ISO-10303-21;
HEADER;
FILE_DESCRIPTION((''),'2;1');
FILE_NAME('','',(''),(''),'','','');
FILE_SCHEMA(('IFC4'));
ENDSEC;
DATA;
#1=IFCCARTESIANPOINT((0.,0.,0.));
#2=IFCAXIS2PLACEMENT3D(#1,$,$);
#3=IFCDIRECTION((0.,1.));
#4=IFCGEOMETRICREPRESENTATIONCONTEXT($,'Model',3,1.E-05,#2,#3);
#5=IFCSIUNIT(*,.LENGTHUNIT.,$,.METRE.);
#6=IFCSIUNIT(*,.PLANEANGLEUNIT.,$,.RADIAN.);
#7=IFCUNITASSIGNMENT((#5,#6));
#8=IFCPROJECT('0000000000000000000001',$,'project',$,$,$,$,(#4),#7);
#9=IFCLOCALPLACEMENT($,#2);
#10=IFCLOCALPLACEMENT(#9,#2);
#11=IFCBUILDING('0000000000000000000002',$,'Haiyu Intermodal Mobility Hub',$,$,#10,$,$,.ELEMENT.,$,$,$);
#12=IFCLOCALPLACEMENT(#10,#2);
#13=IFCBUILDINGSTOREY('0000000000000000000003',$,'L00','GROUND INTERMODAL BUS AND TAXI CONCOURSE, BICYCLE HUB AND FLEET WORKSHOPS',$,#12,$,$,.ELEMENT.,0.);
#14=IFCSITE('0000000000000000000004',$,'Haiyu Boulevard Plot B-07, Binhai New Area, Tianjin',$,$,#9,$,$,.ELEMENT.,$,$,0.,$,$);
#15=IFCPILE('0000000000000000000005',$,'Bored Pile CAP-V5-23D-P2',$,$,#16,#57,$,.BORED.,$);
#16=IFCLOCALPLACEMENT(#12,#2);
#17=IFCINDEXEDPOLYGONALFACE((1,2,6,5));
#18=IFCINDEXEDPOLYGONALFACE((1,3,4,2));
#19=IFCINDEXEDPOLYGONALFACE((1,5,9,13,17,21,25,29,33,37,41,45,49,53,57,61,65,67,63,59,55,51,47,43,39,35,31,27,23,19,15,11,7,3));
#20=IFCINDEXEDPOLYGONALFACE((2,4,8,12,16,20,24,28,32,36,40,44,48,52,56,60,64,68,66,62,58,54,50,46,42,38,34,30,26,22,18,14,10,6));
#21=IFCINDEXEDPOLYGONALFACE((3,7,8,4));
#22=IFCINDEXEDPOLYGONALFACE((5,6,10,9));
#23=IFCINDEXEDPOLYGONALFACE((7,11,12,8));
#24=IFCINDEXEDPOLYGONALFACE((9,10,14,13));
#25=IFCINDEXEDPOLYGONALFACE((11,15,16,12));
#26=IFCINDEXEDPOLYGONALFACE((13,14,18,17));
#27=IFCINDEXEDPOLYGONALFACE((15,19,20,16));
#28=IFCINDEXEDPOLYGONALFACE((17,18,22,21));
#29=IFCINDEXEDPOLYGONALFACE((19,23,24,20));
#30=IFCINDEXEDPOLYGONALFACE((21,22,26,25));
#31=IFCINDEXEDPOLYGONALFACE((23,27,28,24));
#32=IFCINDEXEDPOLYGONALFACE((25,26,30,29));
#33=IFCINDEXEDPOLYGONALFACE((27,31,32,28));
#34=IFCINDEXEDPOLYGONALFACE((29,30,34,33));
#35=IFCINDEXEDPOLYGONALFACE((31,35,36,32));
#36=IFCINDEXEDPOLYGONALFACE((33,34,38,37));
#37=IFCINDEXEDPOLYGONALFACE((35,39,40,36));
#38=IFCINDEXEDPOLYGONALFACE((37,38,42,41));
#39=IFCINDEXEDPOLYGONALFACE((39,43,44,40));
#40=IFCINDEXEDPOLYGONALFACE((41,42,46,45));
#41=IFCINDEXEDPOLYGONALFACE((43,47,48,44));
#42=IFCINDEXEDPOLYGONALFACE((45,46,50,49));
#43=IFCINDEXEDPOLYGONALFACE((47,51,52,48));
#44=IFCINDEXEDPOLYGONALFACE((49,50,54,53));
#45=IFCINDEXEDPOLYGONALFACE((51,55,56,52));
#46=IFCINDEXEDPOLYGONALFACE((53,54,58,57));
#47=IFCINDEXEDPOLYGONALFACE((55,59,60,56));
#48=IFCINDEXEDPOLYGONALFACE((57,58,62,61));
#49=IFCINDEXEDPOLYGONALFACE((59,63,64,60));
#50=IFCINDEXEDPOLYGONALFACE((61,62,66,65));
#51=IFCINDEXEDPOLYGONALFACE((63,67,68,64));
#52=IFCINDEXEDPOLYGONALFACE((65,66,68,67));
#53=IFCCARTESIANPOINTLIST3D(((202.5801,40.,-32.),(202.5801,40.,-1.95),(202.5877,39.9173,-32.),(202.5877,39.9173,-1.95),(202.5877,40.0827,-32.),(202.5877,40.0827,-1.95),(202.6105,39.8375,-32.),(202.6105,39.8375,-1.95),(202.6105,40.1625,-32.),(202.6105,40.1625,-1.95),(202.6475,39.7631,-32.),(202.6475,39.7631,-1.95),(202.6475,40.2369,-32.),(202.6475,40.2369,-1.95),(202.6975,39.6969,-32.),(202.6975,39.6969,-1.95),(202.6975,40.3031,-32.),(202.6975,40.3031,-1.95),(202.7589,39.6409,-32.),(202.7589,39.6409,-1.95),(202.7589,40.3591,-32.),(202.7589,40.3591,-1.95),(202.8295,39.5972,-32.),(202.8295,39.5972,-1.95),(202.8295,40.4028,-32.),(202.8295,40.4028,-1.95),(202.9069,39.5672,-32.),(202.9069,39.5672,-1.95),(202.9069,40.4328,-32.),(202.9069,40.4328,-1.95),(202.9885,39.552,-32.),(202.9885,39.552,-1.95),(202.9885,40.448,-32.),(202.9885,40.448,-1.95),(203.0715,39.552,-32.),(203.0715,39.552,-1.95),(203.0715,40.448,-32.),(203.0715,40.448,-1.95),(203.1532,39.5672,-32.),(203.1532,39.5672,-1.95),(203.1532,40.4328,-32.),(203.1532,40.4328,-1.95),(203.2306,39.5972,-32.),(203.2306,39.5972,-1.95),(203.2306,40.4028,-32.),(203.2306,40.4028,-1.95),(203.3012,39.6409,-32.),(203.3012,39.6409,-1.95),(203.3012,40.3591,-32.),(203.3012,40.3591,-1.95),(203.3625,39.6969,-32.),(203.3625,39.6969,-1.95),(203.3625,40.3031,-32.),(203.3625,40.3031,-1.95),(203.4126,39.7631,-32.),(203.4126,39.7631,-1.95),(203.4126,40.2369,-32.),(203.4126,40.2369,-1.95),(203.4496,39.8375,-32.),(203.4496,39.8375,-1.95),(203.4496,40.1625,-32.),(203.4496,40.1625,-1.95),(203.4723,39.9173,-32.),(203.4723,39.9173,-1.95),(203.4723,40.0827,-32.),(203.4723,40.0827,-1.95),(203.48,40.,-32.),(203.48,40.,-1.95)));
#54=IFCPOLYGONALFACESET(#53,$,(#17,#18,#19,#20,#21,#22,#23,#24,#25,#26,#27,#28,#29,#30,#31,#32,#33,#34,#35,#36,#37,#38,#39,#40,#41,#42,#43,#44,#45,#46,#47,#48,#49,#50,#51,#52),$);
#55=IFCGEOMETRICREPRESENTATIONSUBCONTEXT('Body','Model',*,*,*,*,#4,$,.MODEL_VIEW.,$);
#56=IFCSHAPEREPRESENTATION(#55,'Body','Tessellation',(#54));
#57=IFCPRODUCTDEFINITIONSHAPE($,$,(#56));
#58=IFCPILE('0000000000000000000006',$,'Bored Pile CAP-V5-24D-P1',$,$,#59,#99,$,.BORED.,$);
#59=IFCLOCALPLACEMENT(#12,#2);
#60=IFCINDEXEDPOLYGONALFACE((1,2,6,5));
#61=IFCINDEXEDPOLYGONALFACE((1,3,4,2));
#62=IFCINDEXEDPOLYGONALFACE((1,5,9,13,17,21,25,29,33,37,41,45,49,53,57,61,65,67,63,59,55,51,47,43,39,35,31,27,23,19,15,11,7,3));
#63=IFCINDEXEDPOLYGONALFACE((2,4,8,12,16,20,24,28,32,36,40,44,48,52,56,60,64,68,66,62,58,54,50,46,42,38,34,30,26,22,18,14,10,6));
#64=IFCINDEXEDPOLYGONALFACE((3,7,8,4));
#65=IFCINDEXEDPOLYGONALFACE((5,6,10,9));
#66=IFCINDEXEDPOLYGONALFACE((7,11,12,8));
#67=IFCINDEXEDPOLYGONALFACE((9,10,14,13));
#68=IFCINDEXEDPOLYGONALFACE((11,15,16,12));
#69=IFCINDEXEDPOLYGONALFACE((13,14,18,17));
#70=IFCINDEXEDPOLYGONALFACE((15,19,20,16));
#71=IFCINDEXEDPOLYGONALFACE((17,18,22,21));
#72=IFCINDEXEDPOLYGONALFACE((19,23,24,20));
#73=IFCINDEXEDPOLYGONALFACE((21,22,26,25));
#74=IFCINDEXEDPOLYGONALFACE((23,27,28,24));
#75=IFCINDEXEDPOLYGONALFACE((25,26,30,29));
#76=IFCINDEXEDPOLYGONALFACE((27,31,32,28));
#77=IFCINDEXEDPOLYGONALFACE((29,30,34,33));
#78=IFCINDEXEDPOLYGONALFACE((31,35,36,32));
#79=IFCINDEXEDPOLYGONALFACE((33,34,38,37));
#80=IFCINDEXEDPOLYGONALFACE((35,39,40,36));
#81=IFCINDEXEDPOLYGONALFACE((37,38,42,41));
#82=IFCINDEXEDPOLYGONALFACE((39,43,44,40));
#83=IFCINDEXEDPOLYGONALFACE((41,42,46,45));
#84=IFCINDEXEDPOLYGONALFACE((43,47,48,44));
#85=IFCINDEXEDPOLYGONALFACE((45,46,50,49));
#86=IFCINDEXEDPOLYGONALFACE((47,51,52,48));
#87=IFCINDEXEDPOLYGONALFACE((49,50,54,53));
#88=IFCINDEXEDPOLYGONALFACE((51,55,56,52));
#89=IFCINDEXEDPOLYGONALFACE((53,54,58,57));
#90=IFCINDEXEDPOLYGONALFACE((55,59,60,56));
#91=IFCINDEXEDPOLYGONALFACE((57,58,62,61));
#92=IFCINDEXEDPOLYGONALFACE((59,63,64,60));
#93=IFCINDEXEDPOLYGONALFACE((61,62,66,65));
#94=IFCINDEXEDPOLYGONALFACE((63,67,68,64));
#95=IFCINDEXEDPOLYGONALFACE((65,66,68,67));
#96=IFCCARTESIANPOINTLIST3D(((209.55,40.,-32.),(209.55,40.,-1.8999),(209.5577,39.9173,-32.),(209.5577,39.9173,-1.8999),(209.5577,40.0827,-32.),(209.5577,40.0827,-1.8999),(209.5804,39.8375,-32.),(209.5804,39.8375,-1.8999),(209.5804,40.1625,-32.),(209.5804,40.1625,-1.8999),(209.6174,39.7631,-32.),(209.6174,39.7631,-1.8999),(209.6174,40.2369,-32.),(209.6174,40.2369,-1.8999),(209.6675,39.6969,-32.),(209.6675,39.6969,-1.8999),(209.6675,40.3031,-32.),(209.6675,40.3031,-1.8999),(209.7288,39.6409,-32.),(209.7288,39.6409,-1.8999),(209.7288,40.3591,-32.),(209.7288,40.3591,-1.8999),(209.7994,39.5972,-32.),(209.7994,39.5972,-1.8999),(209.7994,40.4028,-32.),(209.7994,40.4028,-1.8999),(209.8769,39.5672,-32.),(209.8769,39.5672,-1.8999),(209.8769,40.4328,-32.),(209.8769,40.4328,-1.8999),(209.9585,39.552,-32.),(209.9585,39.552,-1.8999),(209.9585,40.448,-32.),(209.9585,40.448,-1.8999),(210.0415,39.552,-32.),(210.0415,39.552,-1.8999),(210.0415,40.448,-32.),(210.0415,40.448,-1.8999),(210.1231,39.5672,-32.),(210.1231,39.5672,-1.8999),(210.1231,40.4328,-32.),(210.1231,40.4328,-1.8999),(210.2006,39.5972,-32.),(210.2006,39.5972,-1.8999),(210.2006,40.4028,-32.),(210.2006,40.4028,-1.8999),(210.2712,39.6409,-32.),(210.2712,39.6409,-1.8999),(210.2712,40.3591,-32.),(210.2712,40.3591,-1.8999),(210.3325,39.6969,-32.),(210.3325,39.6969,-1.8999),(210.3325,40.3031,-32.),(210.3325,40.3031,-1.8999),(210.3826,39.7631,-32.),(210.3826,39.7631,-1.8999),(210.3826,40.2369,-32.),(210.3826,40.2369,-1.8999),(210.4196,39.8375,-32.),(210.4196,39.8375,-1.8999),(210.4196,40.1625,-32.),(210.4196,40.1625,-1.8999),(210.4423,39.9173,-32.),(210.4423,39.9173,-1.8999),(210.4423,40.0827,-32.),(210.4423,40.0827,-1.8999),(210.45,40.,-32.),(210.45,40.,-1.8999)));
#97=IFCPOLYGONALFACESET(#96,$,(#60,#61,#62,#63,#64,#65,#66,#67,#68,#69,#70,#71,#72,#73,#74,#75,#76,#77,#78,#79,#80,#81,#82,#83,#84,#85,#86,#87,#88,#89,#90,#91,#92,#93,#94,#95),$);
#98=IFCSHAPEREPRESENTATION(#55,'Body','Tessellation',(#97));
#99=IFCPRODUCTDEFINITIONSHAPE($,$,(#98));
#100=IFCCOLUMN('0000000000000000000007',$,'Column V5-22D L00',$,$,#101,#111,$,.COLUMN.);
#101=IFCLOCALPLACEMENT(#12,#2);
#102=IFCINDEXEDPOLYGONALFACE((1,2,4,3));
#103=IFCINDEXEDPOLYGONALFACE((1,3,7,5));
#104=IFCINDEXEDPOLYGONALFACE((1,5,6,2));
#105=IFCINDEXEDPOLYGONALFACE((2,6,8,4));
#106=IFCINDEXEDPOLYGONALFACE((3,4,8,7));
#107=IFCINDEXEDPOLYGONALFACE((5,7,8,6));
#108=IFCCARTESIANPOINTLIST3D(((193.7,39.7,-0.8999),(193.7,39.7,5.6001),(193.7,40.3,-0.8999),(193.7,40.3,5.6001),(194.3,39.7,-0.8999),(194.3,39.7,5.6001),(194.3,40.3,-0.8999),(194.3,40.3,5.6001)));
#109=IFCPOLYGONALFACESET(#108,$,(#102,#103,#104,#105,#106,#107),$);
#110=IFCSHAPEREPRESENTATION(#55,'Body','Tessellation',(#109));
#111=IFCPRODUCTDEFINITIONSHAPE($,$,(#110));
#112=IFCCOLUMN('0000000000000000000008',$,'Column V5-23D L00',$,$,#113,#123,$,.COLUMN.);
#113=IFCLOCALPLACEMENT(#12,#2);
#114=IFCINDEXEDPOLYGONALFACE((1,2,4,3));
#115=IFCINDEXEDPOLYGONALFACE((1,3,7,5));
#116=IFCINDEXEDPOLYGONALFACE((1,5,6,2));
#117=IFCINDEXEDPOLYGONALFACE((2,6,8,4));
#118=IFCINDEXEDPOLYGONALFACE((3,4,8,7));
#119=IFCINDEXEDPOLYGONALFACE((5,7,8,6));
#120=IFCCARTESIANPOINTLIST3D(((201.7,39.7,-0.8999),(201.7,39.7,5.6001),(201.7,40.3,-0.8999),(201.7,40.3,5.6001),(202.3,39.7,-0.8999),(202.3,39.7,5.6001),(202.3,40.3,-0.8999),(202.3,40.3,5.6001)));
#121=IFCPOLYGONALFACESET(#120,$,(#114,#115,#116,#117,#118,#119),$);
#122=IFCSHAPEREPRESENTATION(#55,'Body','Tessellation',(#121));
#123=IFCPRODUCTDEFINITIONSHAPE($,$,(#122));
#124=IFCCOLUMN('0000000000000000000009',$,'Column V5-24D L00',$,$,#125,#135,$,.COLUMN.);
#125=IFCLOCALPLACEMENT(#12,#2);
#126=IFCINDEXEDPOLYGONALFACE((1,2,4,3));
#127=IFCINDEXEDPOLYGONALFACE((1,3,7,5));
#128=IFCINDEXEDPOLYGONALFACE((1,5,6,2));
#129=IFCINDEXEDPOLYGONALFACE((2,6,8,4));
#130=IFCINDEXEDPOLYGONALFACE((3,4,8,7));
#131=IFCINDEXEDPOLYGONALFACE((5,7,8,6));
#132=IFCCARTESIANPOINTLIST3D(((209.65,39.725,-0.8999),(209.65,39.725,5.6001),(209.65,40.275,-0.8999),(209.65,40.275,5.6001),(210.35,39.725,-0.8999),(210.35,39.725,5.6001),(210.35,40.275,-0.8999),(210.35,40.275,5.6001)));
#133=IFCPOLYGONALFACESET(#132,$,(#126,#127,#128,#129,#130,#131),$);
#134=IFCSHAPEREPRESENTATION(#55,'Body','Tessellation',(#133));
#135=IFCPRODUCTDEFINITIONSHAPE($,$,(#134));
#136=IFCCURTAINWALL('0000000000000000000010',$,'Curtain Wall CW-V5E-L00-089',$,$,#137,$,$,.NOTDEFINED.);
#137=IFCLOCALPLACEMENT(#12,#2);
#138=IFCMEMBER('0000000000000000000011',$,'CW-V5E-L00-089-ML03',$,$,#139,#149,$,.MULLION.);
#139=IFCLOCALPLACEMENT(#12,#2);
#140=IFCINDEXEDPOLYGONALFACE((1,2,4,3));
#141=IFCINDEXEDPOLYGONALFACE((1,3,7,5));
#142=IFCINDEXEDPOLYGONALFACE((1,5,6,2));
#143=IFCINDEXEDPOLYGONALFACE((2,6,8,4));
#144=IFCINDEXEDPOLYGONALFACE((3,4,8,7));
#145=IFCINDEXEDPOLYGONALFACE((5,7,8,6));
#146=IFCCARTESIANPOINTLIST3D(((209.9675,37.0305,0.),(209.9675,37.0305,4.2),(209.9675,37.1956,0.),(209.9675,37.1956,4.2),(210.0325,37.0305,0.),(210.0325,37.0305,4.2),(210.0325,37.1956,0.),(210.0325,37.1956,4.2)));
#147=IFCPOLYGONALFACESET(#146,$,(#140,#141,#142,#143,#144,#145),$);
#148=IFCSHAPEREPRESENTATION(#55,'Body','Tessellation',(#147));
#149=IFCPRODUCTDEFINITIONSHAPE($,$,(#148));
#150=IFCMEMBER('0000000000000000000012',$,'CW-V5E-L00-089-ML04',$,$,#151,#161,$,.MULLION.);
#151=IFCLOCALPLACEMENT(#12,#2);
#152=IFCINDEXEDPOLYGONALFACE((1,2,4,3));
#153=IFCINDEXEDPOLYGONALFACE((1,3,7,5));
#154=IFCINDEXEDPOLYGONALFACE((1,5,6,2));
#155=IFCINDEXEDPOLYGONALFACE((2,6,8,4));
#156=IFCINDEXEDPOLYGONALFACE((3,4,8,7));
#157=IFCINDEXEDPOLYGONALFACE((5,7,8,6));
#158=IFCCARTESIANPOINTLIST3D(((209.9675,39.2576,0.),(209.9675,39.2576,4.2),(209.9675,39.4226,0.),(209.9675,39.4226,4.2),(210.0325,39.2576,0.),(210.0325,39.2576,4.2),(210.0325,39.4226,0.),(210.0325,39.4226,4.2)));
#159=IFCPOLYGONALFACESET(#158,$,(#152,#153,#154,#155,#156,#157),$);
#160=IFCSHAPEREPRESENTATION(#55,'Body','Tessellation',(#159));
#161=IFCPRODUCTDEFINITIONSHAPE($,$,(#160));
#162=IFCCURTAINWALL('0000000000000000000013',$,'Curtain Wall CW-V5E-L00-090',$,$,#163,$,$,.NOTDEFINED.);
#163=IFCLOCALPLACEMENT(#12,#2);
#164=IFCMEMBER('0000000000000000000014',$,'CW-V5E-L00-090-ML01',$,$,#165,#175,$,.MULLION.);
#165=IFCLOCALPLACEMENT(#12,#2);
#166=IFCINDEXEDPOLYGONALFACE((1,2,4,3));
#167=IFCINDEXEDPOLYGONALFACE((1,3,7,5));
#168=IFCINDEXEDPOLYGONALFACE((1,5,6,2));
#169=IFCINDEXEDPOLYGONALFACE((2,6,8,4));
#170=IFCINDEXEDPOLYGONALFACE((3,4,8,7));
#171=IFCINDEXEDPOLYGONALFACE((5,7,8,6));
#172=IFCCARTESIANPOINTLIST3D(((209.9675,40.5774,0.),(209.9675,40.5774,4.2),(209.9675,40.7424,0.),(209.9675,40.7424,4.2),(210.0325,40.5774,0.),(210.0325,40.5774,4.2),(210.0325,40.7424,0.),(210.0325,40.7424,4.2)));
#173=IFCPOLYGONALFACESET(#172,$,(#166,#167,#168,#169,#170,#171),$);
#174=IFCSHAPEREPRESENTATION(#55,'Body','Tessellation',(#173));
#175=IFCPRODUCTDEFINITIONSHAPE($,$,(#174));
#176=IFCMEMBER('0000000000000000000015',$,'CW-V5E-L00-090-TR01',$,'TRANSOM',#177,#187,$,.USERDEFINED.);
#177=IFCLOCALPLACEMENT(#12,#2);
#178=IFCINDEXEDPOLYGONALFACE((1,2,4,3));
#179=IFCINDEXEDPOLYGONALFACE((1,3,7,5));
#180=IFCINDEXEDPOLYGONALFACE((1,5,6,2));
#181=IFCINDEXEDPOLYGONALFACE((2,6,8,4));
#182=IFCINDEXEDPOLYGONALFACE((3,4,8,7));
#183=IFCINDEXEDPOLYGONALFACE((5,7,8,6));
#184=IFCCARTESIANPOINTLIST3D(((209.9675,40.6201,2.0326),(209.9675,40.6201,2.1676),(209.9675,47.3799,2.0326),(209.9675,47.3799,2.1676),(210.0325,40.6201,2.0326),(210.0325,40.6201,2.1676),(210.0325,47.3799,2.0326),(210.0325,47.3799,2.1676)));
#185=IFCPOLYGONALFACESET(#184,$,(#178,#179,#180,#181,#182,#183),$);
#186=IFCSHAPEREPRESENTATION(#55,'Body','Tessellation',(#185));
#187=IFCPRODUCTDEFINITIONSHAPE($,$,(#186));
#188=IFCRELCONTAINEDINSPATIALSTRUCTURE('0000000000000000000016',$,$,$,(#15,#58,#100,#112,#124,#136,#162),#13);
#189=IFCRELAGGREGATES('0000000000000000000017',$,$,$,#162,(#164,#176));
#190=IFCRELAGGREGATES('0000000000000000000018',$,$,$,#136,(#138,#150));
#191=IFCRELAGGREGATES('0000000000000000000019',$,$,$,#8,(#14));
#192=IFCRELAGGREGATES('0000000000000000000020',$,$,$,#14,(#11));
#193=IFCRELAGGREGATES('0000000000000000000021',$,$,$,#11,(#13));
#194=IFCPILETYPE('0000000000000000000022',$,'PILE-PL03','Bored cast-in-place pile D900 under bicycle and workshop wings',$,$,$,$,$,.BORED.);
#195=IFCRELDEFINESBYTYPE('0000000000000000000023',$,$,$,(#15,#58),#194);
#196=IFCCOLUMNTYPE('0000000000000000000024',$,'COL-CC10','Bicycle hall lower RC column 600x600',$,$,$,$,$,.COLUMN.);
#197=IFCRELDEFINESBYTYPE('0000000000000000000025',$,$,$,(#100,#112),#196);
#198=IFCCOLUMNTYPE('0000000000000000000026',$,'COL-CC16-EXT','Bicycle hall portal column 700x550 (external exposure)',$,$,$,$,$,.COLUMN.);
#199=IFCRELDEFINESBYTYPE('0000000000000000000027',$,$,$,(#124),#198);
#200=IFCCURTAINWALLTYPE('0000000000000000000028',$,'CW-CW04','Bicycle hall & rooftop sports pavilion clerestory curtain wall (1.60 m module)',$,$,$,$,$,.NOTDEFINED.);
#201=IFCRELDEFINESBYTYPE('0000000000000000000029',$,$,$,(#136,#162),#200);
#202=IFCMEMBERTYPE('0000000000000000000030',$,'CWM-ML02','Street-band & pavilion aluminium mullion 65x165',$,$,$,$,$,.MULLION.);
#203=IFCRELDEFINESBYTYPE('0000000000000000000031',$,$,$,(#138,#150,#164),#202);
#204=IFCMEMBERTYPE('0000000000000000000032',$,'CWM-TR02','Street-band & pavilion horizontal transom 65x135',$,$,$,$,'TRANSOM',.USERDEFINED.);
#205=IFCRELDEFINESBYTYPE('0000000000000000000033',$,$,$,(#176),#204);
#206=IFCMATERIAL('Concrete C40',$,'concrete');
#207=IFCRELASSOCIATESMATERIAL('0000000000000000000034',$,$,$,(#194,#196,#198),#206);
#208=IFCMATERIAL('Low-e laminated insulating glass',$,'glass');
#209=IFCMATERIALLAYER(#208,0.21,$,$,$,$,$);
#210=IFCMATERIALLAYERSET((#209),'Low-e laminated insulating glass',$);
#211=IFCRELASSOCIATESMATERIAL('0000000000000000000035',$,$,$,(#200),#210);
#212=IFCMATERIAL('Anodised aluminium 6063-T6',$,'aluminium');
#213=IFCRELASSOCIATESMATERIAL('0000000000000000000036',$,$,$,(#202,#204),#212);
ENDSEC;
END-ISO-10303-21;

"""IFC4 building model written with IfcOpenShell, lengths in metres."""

from ifc_helpers import new_model, si_unit, direction, frame, origin, origin_2d, place, context, subcontext, project, spatial, rectangle, circle, extrude, material, layer, layer_set, material_profile, profile_set, type_object, element, aggregate, save


model = new_model("IFC4")

# Units and contexts
model_context = context("Model", 3, precision=1e-05, world=origin(), true_north=direction((0.0, 1.0)))
body_context = subcontext(model_context, "Body", "Model", "MODEL_VIEW")
ifc_project = project(units=[si_unit("LENGTHUNIT", "METRE"), si_unit("PLANEANGLEUNIT", "RADIAN")], contexts=[model_context])

# Site, building, storey
site_placement = place(None, origin())
site = spatial("IfcSite", under=ifc_project, at=site_placement, Name="Haiyu Boulevard Plot B-07, Binhai New Area, Tianjin", CompositionType="ELEMENT", RefElevation=0.0)
building_placement = place(site_placement, origin())
building = spatial("IfcBuilding", under=site, at=building_placement, Name="Haiyu Intermodal Mobility Hub", CompositionType="ELEMENT")
storey_placement = place(building_placement, origin())
storey = spatial("IfcBuildingStorey", under=building, at=storey_placement, Name="L00", Description="GROUND INTERMODAL BUS AND TAXI CONCOURSE, BICYCLE HUB AND FLEET WORKSHOPS", CompositionType="ELEMENT", Elevation=0.0)

# Shared definitions
ifc_material_1 = material(Name="Concrete C40", Category="concrete")

# Piles
ifc_material_profile_1 = material_profile(ifc_material_1, circle(Radius=0.45, at=origin_2d()), Name="PILE-D900")
ifc_profile_set_1 = profile_set([ifc_material_profile_1], Name="Concrete C40")
pile_type = type_object("IfcPileType", Name="PILE-PL03", Description="Bored cast-in-place pile D900 under bicycle and workshop wings", PredefinedType="BORED", material=ifc_profile_set_1)
for number, where, z_axis, x_axis, name in (
    (1, (203.03, 40.0, -1.95), (0.0, 0.0, -1.0), (1.0, 0.0, 0.0), "Bored Pile CAP-V5-23D-P2"),
):
    element("IfcPile", number, at=place(storey_placement, frame(where, z_axis=z_axis, x_axis=x_axis)), inside=storey, type_object=pile_type, Name=name, PredefinedType="BORED", context=body_context, shape_type="SweptSolid", body=[
        extrude(circle(Radius=0.45, at=origin_2d()), origin(), (0.0, 0.0, 1.0), 30.05),
    ])
pile_placement = place(storey_placement, frame((210.0, 40.0, -1.8999), z_axis=(0.0, 0.0, -1.0), x_axis=(1.0, 0.0, 0.0)))
element("IfcPile", 2, at=pile_placement, inside=storey, type_object=pile_type, Name="Bored Pile CAP-V5-24D-P1", PredefinedType="BORED", context=body_context, shape_type="SweptSolid", body=[
    extrude(circle(Radius=0.45, at=origin_2d()), origin(), (0.0, 0.0, 1.0), 30.1001),
])

# Columns
ifc_material_profile_2 = material_profile(ifc_material_1, rectangle(XDim=0.6001, YDim=0.6001, at=origin_2d()), Name="RC600x600")
ifc_profile_set_2 = profile_set([ifc_material_profile_2], Name="Concrete C40")
column_type_1 = type_object("IfcColumnType", Name="COL-CC10", Description="Bicycle hall lower RC column 600x600", PredefinedType="COLUMN", material=ifc_profile_set_2)
for number, where, z_axis, x_axis, name in (
    (3, (194.0, 40.0, -0.8999), (0.0, 0.0, 1.0), (1.0, 0.0, 0.0), "Column V5-22D L00"),
    (4, (202.0, 40.0, -0.8999), (0.0, 0.0, 1.0), (1.0, 0.0, 0.0), "Column V5-23D L00"),
):
    element("IfcColumn", number, at=place(storey_placement, frame(where, z_axis=z_axis, x_axis=x_axis)), inside=storey, type_object=column_type_1, Name=name, PredefinedType="COLUMN", context=body_context, shape_type="SweptSolid", body=[
        extrude(rectangle(XDim=0.6001, YDim=0.6001, at=origin_2d()), origin(), (0.0, 0.0, 1.0), 6.5),
    ])
ifc_material_profile_3 = material_profile(ifc_material_1, rectangle(XDim=0.7, YDim=0.55, at=origin_2d()), Name="C700x550")
ifc_profile_set_3 = profile_set([ifc_material_profile_3], Name="Concrete C40")
column_type_2 = type_object("IfcColumnType", Name="COL-CC16-EXT", Description="Bicycle hall portal column 700x550 (external exposure)", PredefinedType="COLUMN", material=ifc_profile_set_3)
column_placement = place(storey_placement, frame((210.0, 40.0, -0.8999), z_axis=(0.0, 0.0, 1.0), x_axis=(1.0, 0.0, 0.0)))
element("IfcColumn", 5, at=column_placement, inside=storey, type_object=column_type_2, Name="Column V5-24D L00", PredefinedType="COLUMN", context=body_context, shape_type="SweptSolid", body=[
    extrude(rectangle(XDim=0.7, YDim=0.55, at=origin_2d()), origin(), (0.0, 0.0, 1.0), 6.5),
])

# Curtain walls, members
ifc_material_2 = material(Name="Low-e laminated insulating glass", Category="glass")
ifc_layer_1 = layer(ifc_material_2, 0.21)
ifc_layer_set_1 = layer_set([ifc_layer_1], Name="Low-e laminated insulating glass")
curtain_wall_type = type_object("IfcCurtainWallType", Name="CW-CW04", Description="Bicycle hall & rooftop sports pavilion clerestory curtain wall (1.60 m module)", PredefinedType="NOTDEFINED", material=ifc_layer_set_1)
curtain_wall_1_placement = place(storey_placement, origin())
curtain_wall_1 = element("IfcCurtainWall", 6, at=curtain_wall_1_placement, inside=storey, type_object=curtain_wall_type, Name="Curtain Wall CW-V5E-L00-089", PredefinedType="NOTDEFINED")
ifc_material_3 = material(Name="Anodised aluminium 6063-T6", Category="aluminium")
ifc_material_profile_4 = material_profile(ifc_material_3, rectangle(XDim=0.0649, YDim=0.165, at=origin_2d()), Name="ALU65x165")
ifc_profile_set_4 = profile_set([ifc_material_profile_4], Name="Anodised aluminium 6063-T6")
member_type_1 = type_object("IfcMemberType", Name="CWM-ML02", Description="Street-band & pavilion aluminium mullion 65x165", PredefinedType="MULLION", material=ifc_profile_set_4)
member_1_placement = place(storey_placement, frame((210.0, 37.113, 0.0), z_axis=(0.0, 0.0, 1.0), x_axis=(1.0, 0.0, 0.0)))
member_1 = element("IfcMember", 7, at=member_1_placement, type_object=member_type_1, Name="CW-V5E-L00-089-ML03", PredefinedType="MULLION", context=body_context, shape_type="SweptSolid", body=[
    extrude(rectangle(XDim=0.0649, YDim=0.165, at=origin_2d()), origin(), (0.0, 0.0, 1.0), 4.2),
])
member_2_placement = place(storey_placement, frame((210.0, 39.3401, 0.0), z_axis=(0.0, 0.0, 1.0), x_axis=(1.0, 0.0, 0.0)))
member_2 = element("IfcMember", 8, at=member_2_placement, type_object=member_type_1, Name="CW-V5E-L00-089-ML04", PredefinedType="MULLION", context=body_context, shape_type="SweptSolid", body=[
    extrude(rectangle(XDim=0.0649, YDim=0.165, at=origin_2d()), origin(), (0.0, 0.0, 1.0), 4.2),
])
curtain_wall_2_placement = place(storey_placement, origin())
curtain_wall_2 = element("IfcCurtainWall", 9, at=curtain_wall_2_placement, inside=storey, type_object=curtain_wall_type, Name="Curtain Wall CW-V5E-L00-090", PredefinedType="NOTDEFINED")
member_3_placement = place(storey_placement, frame((210.0, 40.6599, 0.0), z_axis=(0.0, 0.0, 1.0), x_axis=(1.0, 0.0, 0.0)))
member_3 = element("IfcMember", 10, at=member_3_placement, type_object=member_type_1, Name="CW-V5E-L00-090-ML01", PredefinedType="MULLION", context=body_context, shape_type="SweptSolid", body=[
    extrude(rectangle(XDim=0.0649, YDim=0.165, at=origin_2d()), origin(), (0.0, 0.0, 1.0), 4.2),
])
ifc_material_profile_5 = material_profile(ifc_material_3, rectangle(XDim=0.0649, YDim=0.135, at=origin_2d()), Name="ALU65x135")
ifc_profile_set_5 = profile_set([ifc_material_profile_5], Name="Anodised aluminium 6063-T6")
member_type_2 = type_object("IfcMemberType", Name="CWM-TR02", Description="Street-band & pavilion horizontal transom 65x135", ElementType="TRANSOM", PredefinedType="USERDEFINED", material=ifc_profile_set_5)
member_4_placement = place(storey_placement, frame((210.0, 40.6201, 2.1001), z_axis=(0.0, 1.0, 0.0), x_axis=(-1.0, 0.0, 0.0)))
member_4 = element("IfcMember", 11, at=member_4_placement, type_object=member_type_2, Name="CW-V5E-L00-090-TR01", ObjectType="TRANSOM", PredefinedType="USERDEFINED", context=body_context, shape_type="SweptSolid", body=[
    extrude(rectangle(XDim=0.0649, YDim=0.135, at=origin_2d()), origin(), (0.0, 0.0, 1.0), 6.7598),
])

aggregate(curtain_wall_2, [member_3, member_4])
aggregate(curtain_wall_1, [member_1, member_2])

save(model, "model.ifc")
